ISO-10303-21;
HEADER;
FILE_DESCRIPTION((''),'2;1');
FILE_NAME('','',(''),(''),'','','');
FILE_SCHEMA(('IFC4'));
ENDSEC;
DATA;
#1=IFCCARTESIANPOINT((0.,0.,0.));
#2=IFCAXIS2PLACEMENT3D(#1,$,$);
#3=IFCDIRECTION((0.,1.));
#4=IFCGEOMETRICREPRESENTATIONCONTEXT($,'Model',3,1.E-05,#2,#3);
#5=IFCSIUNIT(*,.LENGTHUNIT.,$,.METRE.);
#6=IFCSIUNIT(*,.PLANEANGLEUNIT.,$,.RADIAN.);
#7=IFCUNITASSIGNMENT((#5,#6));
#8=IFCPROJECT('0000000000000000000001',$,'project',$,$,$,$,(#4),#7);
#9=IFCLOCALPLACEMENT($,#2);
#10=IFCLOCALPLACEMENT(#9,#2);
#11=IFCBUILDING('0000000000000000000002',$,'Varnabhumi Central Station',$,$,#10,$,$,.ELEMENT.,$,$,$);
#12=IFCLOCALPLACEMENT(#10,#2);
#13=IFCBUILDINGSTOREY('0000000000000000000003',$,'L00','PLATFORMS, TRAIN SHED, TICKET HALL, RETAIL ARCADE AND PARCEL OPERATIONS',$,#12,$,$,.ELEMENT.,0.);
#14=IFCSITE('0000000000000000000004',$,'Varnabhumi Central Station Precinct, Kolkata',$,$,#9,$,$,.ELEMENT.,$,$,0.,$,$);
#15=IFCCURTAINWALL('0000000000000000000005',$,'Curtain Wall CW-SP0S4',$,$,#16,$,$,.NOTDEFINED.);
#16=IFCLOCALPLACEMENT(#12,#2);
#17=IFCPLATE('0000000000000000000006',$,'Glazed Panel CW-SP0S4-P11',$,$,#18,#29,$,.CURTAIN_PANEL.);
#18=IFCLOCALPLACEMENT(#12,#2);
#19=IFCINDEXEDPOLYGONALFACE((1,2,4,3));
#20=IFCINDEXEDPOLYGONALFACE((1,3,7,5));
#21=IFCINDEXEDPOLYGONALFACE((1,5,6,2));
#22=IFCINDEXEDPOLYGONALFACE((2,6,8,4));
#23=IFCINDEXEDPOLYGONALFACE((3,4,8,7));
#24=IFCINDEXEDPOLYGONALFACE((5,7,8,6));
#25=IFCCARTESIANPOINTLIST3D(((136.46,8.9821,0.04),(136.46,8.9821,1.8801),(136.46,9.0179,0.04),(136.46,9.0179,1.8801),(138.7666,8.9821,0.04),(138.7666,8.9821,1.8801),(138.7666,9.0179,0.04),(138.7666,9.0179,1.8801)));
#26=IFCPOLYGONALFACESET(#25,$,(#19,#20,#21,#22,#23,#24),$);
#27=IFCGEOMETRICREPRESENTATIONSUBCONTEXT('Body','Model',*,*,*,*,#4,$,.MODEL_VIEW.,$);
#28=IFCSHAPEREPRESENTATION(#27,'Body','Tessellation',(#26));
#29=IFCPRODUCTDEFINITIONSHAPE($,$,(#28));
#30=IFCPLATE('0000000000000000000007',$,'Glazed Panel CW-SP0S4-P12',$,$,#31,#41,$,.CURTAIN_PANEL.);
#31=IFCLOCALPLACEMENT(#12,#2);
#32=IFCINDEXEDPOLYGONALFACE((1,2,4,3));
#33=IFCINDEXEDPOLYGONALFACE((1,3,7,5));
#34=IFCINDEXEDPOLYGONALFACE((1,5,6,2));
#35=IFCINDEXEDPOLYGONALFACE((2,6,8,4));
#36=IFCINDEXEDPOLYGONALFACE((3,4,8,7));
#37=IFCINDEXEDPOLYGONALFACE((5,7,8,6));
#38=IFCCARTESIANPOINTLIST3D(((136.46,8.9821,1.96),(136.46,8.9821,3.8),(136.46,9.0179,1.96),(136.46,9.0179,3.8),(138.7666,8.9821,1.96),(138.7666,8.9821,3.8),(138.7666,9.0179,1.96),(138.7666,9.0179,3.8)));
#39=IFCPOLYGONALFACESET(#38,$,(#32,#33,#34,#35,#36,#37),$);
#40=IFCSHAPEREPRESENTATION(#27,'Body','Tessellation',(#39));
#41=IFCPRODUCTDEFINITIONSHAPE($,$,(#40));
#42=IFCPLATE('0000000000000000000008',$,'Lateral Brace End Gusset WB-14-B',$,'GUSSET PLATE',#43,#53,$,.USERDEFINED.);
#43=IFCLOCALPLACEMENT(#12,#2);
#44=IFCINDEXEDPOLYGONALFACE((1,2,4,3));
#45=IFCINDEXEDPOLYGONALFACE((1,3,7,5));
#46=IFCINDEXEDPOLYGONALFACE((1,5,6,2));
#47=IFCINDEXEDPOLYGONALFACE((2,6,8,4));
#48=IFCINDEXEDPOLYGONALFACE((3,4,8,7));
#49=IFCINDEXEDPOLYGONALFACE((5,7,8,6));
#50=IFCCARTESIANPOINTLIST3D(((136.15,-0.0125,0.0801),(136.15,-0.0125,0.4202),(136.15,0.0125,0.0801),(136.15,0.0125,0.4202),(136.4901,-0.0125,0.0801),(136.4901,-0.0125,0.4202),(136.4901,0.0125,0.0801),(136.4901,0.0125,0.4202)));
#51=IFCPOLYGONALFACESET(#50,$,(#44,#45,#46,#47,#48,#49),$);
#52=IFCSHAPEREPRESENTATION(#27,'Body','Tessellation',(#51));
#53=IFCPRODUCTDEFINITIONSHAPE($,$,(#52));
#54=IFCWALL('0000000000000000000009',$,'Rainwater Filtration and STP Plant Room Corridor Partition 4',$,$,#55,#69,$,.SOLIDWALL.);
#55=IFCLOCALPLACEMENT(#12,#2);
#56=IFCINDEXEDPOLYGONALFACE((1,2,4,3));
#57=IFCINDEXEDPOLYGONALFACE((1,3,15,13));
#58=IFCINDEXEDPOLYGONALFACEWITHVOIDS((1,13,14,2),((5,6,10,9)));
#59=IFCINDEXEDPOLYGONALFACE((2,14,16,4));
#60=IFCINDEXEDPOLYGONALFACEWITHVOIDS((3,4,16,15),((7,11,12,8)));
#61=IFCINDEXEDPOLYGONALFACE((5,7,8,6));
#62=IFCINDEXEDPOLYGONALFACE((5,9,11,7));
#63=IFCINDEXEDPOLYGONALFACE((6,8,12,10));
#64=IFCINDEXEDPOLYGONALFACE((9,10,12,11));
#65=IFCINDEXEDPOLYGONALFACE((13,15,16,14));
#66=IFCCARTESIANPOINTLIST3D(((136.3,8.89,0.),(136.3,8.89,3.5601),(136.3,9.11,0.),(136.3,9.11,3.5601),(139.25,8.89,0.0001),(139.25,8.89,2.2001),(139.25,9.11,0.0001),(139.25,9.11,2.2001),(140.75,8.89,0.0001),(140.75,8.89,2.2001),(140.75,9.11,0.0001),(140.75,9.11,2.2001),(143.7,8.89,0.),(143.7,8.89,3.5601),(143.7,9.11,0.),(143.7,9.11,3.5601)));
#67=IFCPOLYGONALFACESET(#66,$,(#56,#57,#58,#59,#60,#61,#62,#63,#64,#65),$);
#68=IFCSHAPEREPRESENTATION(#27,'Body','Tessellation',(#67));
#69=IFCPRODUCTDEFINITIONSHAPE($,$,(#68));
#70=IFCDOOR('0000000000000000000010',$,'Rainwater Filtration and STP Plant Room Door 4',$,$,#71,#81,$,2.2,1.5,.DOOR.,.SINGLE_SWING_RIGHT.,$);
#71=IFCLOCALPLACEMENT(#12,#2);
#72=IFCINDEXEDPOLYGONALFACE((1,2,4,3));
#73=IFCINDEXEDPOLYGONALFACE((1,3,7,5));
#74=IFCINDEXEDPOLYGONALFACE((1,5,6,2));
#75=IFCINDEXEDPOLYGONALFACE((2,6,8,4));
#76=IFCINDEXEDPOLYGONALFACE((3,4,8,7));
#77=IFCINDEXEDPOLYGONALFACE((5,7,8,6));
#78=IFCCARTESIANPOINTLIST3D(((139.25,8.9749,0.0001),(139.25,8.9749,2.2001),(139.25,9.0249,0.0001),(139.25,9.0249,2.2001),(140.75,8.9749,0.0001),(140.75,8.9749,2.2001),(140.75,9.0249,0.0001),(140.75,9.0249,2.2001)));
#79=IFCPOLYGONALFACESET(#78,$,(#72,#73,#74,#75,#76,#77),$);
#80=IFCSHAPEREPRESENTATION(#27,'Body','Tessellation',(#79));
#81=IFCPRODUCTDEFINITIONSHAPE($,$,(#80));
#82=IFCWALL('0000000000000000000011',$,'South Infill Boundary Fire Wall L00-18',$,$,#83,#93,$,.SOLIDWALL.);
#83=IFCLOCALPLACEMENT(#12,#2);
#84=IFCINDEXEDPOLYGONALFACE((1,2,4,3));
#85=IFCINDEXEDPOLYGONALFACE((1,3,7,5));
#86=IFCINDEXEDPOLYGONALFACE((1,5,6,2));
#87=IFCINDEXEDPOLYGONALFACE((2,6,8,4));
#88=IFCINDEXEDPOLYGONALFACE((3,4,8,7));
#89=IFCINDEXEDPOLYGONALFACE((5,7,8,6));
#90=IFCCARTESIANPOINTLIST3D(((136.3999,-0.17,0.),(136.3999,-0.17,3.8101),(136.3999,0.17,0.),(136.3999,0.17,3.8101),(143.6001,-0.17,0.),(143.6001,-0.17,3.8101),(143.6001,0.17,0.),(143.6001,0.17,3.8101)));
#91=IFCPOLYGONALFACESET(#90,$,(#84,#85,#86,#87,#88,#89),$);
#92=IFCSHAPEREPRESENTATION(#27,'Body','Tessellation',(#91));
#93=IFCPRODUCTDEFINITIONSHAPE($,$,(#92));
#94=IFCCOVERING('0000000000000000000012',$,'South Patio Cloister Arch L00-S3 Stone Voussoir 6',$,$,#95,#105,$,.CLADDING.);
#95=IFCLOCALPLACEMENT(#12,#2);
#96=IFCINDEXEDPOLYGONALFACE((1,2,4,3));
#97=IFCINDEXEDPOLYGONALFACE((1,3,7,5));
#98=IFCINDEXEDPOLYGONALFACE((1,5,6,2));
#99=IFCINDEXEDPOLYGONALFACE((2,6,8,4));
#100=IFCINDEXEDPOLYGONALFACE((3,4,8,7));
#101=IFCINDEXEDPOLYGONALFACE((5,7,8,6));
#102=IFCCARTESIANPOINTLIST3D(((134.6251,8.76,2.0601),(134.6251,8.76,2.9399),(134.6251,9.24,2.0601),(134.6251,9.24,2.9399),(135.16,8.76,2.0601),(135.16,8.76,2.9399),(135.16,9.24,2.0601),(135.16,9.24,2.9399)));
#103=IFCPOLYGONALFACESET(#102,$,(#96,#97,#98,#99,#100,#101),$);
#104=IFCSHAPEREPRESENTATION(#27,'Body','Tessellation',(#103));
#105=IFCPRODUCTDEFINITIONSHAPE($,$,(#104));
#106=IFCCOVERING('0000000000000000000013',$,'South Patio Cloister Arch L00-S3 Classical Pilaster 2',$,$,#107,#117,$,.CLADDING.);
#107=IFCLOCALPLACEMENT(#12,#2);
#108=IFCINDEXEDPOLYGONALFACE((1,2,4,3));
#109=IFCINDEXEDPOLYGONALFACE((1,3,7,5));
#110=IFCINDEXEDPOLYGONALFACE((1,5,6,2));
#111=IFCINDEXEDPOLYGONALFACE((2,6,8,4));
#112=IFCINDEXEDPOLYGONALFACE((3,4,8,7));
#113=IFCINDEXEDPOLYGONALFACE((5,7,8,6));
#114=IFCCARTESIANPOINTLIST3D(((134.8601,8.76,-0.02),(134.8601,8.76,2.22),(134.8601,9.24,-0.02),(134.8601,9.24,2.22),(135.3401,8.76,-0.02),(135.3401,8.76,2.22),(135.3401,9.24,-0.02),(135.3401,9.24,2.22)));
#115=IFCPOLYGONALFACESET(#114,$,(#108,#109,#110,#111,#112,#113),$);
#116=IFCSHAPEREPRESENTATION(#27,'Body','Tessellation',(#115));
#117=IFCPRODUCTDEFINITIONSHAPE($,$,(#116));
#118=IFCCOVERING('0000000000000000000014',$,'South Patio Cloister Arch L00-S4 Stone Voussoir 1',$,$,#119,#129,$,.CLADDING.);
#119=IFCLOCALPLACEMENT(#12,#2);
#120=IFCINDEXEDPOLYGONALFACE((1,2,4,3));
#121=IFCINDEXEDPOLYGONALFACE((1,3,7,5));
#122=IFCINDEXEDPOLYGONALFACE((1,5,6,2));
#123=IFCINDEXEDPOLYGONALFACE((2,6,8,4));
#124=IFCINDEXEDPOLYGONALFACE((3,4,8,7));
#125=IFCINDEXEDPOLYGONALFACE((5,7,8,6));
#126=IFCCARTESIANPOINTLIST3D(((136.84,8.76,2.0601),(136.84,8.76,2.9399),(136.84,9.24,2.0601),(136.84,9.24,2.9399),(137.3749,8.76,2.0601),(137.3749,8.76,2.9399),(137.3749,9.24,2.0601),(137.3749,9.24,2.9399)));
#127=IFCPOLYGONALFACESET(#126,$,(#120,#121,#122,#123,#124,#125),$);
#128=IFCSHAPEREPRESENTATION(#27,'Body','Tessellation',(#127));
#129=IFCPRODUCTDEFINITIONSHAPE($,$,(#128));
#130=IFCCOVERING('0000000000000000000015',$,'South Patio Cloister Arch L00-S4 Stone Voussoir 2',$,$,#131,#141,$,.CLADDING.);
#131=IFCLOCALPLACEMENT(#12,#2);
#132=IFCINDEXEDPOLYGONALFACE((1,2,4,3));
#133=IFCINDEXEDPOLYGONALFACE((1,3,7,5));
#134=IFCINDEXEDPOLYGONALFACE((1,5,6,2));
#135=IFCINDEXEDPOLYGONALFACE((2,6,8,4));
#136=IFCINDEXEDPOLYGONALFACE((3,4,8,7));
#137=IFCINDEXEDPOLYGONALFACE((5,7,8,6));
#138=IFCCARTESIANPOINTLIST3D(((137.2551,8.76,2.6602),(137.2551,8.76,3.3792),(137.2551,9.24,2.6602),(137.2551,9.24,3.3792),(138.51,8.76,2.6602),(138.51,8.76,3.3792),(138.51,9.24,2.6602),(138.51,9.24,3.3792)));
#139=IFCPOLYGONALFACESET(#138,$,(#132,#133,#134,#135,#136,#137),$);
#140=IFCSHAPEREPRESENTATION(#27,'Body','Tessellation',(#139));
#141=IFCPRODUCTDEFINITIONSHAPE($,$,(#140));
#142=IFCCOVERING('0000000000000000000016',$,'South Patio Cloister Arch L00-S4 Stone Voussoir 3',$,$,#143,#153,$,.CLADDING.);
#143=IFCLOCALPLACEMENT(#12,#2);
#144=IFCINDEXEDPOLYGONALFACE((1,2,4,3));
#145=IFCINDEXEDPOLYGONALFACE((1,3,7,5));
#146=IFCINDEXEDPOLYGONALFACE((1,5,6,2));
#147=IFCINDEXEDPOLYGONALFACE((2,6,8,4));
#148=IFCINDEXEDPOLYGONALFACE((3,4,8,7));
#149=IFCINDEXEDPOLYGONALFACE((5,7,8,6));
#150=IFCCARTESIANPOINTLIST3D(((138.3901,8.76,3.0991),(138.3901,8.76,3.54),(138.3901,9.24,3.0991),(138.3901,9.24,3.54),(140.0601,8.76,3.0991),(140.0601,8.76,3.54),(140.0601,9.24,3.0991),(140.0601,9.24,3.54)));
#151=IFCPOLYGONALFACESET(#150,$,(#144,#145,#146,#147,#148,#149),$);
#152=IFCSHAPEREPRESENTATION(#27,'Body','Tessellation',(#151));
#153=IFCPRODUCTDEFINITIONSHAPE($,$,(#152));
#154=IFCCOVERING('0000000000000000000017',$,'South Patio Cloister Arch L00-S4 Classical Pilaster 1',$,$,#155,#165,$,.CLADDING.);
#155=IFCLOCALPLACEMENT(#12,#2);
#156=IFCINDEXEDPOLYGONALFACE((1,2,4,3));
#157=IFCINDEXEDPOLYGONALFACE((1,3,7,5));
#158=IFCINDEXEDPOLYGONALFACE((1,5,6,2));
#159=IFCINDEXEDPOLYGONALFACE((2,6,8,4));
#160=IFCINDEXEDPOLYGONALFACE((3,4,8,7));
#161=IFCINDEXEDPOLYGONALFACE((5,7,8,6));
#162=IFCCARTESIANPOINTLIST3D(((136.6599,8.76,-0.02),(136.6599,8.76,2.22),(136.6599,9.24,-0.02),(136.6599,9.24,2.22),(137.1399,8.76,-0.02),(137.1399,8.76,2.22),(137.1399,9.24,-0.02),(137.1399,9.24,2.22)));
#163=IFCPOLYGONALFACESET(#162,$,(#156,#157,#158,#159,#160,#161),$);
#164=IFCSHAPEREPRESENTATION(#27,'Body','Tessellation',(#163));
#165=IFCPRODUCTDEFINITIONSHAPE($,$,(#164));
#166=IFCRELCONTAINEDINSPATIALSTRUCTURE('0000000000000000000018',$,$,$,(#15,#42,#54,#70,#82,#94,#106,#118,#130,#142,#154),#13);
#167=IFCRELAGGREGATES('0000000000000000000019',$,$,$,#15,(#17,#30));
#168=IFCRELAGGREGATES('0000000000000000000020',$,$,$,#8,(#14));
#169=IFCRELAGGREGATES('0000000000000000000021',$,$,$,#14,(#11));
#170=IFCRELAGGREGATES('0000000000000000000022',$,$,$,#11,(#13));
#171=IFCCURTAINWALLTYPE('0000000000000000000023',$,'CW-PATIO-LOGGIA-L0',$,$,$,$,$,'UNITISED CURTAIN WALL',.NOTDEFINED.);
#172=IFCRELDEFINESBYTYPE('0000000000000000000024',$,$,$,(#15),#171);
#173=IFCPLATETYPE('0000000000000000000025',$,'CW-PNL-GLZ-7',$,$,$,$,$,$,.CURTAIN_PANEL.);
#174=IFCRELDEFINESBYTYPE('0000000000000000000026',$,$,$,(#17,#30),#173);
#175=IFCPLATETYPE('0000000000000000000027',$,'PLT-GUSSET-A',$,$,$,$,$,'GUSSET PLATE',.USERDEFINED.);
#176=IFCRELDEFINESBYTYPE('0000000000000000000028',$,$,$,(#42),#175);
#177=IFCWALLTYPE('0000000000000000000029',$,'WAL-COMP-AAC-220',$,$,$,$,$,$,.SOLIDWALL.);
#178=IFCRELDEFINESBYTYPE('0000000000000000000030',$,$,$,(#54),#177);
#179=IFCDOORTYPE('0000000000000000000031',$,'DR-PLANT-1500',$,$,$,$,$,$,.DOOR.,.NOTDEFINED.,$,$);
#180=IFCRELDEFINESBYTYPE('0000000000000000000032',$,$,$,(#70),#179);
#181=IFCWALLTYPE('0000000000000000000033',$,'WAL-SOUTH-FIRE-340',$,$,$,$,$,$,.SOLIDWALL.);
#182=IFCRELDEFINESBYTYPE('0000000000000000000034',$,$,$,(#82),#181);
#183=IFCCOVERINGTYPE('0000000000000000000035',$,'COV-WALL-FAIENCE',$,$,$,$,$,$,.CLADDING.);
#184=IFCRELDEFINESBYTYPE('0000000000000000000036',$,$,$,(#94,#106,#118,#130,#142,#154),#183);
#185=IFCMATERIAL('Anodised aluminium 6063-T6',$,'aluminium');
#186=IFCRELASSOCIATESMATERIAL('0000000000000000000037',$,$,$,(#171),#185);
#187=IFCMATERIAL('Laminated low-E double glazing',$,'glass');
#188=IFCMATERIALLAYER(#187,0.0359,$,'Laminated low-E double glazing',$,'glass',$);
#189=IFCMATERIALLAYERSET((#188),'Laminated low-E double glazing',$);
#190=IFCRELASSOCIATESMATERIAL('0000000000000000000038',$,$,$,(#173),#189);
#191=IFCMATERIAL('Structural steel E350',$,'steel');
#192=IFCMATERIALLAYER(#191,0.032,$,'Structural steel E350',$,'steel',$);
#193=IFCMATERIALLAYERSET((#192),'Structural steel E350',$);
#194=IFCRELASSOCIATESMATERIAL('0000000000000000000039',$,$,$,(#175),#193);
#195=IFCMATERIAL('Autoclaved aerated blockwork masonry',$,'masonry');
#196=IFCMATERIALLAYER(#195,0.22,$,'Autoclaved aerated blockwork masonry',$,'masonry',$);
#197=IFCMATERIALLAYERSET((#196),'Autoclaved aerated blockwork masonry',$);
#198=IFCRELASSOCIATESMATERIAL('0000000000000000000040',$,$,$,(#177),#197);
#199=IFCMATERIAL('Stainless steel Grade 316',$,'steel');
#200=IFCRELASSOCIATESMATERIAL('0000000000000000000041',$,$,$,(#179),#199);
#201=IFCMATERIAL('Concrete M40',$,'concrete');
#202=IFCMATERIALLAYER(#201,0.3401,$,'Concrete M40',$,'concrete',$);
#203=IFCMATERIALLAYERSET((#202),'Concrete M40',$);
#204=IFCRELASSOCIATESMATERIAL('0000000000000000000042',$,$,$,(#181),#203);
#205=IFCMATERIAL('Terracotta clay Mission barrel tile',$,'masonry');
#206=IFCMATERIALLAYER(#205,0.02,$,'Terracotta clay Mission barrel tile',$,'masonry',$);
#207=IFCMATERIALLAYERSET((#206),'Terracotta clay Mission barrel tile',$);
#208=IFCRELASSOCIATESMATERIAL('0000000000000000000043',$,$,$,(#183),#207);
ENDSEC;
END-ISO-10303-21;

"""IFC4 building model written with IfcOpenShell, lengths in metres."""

from ifc_helpers import new_model, si_unit, direction, frame, frame_2d, origin, origin_2d, place, context, subcontext, project, spatial, rectangle, extrude, material, layer, layer_set, type_object, element, fill, aggregate, save


model = new_model("IFC4")

# Units and contexts
model_context = context("Model", 3, precision=1e-05, world=origin(), true_north=direction((0.0, 1.0)))
body_context = subcontext(model_context, "Body", "Model", "MODEL_VIEW")
ifc_project = project(units=[si_unit("LENGTHUNIT", "METRE"), si_unit("PLANEANGLEUNIT", "RADIAN")], contexts=[model_context])

# Site, building, storey
site_placement = place(None, origin())
site = spatial("IfcSite", under=ifc_project, at=site_placement, Name="Varnabhumi Central Station Precinct, Kolkata", CompositionType="ELEMENT", RefElevation=0.0)
building_placement = place(site_placement, origin())
building = spatial("IfcBuilding", under=site, at=building_placement, Name="Varnabhumi Central Station", CompositionType="ELEMENT")
storey_placement = place(building_placement, origin())
storey = spatial("IfcBuildingStorey", under=building, at=storey_placement, Name="L00", Description="PLATFORMS, TRAIN SHED, TICKET HALL, RETAIL ARCADE AND PARCEL OPERATIONS", CompositionType="ELEMENT", Elevation=0.0)

# Shared definitions
ifc_material_1 = material(Name="Concrete M40", Category="concrete")

# Shared definitions
ifc_material_2 = material(Name="Anodised aluminium 6063-T6", Category="aluminium")
curtain_wall_type = type_object("IfcCurtainWallType", Name="CW-PATIO-LOGGIA-L0", ElementType="UNITISED CURTAIN WALL", PredefinedType="NOTDEFINED", material=ifc_material_2)

# Curtain wall
curtain_wall_1_placement = place(storey_placement, origin())
curtain_wall_1 = element("IfcCurtainWall", 1, at=curtain_wall_1_placement, inside=storey, type_object=curtain_wall_type, Name="Curtain Wall CW-SP0S4", PredefinedType="NOTDEFINED")

# Plates
ifc_material_3 = material(Name="Laminated low-E double glazing", Category="glass")
ifc_layer_1 = layer(ifc_material_3, 0.0359, Name="Laminated low-E double glazing", Category="glass")
ifc_layer_set_1 = layer_set([ifc_layer_1], Name="Laminated low-E double glazing")
plate_type_1 = type_object("IfcPlateType", Name="CW-PNL-GLZ-7", PredefinedType="CURTAIN_PANEL", material=ifc_layer_set_1)
plate_1_placement = place(storey_placement, frame((137.6133, 9.0, 0.04), z_axis=(0.0, 0.0, 1.0), x_axis=(1.0, 0.0, 0.0)))
plate_1 = element("IfcPlate", 2, at=plate_1_placement, type_object=plate_type_1, Name="Glazed Panel CW-SP0S4-P11", PredefinedType="CURTAIN_PANEL", context=body_context, shape_type="SweptSolid", body=[
    extrude(rectangle(XDim=2.3066, YDim=0.0359, at=origin_2d()), origin(), (0.0, 0.0, 1.0), 1.8401),
])
plate_2_placement = place(storey_placement, frame((137.6133, 9.0, 1.96), z_axis=(0.0, 0.0, 1.0), x_axis=(1.0, 0.0, 0.0)))
plate_2 = element("IfcPlate", 3, at=plate_2_placement, type_object=plate_type_1, Name="Glazed Panel CW-SP0S4-P12", PredefinedType="CURTAIN_PANEL", context=body_context, shape_type="SweptSolid", body=[
    extrude(rectangle(XDim=2.3066, YDim=0.0359, at=origin_2d()), origin(), (0.0, 0.0, 1.0), 1.8401),
])
aggregate(curtain_wall_1, [plate_1, plate_2])
ifc_material_4 = material(Name="Structural steel E350", Category="steel")
ifc_layer_2 = layer(ifc_material_4, 0.032, Name="Structural steel E350", Category="steel")
ifc_layer_set_2 = layer_set([ifc_layer_2], Name="Structural steel E350")
plate_type_2 = type_object("IfcPlateType", Name="PLT-GUSSET-A", ElementType="GUSSET PLATE", PredefinedType="USERDEFINED", material=ifc_layer_set_2)
plate_3_placement = place(storey_placement, frame((136.3201, 0.0, 0.0801), z_axis=(0.0, 0.0, 1.0), x_axis=(1.0, 0.0, 0.0)))
element("IfcPlate", 4, at=plate_3_placement, inside=storey, type_object=plate_type_2, Name="Lateral Brace End Gusset WB-14-B", ObjectType="GUSSET PLATE", PredefinedType="USERDEFINED", context=body_context, shape_type="SweptSolid", body=[
    extrude(rectangle(XDim=0.3401, YDim=0.0249, at=origin_2d()), origin(), (0.0, 0.0, 1.0), 0.3401),
])

# Wall, opening, door
ifc_material_5 = material(Name="Autoclaved aerated blockwork masonry", Category="masonry")
ifc_layer_3 = layer(ifc_material_5, 0.22, Name="Autoclaved aerated blockwork masonry", Category="masonry")
ifc_layer_set_3 = layer_set([ifc_layer_3], Name="Autoclaved aerated blockwork masonry")
wall_type_1 = type_object("IfcWallType", Name="WAL-COMP-AAC-220", PredefinedType="SOLIDWALL", material=ifc_layer_set_3)
wall_1_placement = place(storey_placement, frame((136.3, 9.0, 0.0), z_axis=(0.0, 0.0, 1.0), x_axis=(1.0, 0.0, 0.0)))
wall_1 = element("IfcWall", 5, at=wall_1_placement, inside=storey, type_object=wall_type_1, Name="Rainwater Filtration and STP Plant Room Corridor Partition 4", PredefinedType="SOLIDWALL", context=body_context, shape_type="SweptSolid", body=[
    extrude(rectangle(XDim=7.3999, YDim=0.22, at=frame_2d((3.7, 0.0))), origin(), (0.0, 0.0, 1.0), 3.5601),
])
opening_placement = place(wall_1_placement, frame((2.95, 0.0, 0.0)))
opening = element("IfcOpeningElement", 6, at=opening_placement, cuts=wall_1, PredefinedType="OPENING", context=body_context, shape_type="SweptSolid", body=[
    extrude(rectangle(XDim=1.5, YDim=2.2, at=frame_2d((0.75, 1.1001))), frame((0.0, 0.1199, 0.0), z_axis=(0.0, -1.0, 0.0), x_axis=(1.0, 0.0, 0.0)), (0.0, 0.0, 1.0), 0.24),
])
ifc_material_6 = material(Name="Stainless steel Grade 316", Category="steel")
door_type = type_object("IfcDoorType", Name="DR-PLANT-1500", OperationType="NOTDEFINED", PredefinedType="DOOR", material=ifc_material_6)
door_placement = place(opening_placement, origin())
door = element("IfcDoor", 7, at=door_placement, inside=storey, type_object=door_type, Name="Rainwater Filtration and STP Plant Room Door 4", OperationType="SINGLE_SWING_RIGHT", OverallHeight=2.2, OverallWidth=1.5, PredefinedType="DOOR", context=body_context, shape_type="SweptSolid", body=[
    extrude(rectangle(XDim=1.5, YDim=2.2, at=frame_2d((0.75, 1.1001))), frame((0.0, 0.0249, 0.0), z_axis=(0.0, -1.0, 0.0), x_axis=(1.0, 0.0, 0.0)), (0.0, 0.0, 1.0), 0.05),
])
fill(opening, door)

# Wall
ifc_layer_4 = layer(ifc_material_1, 0.3401, Name="Concrete M40", Category="concrete")
ifc_layer_set_4 = layer_set([ifc_layer_4], Name="Concrete M40")
wall_type_2 = type_object("IfcWallType", Name="WAL-SOUTH-FIRE-340", PredefinedType="SOLIDWALL", material=ifc_layer_set_4)
wall_2_placement = place(storey_placement, frame((136.3999, 0.0, 0.0), z_axis=(0.0, 0.0, 1.0), x_axis=(1.0, 0.0, 0.0)))
element("IfcWall", 8, at=wall_2_placement, inside=storey, type_object=wall_type_2, Name="South Infill Boundary Fire Wall L00-18", PredefinedType="SOLIDWALL", context=body_context, shape_type="SweptSolid", body=[
    extrude(rectangle(XDim=7.2002, YDim=0.3401, at=frame_2d((3.6001, 0.0))), origin(), (0.0, 0.0, 1.0), 3.8101),
])

# Coverings
ifc_material_7 = material(Name="Terracotta clay Mission barrel tile", Category="masonry")
ifc_layer_5 = layer(ifc_material_7, 0.02, Name="Terracotta clay Mission barrel tile", Category="masonry")
ifc_layer_set_5 = layer_set([ifc_layer_5], Name="Terracotta clay Mission barrel tile")
covering_type = type_object("IfcCoveringType", Name="COV-WALL-FAIENCE", PredefinedType="CLADDING", material=ifc_layer_set_5)
covering_1_placement = place(storey_placement, frame((134.8926, 9.0, 2.0601), z_axis=(0.0, 0.0, 1.0), x_axis=(1.0, 0.0, 0.0)))
element("IfcCovering", 9, at=covering_1_placement, inside=storey, type_object=covering_type, Name="South Patio Cloister Arch L00-S3 Stone Voussoir 6", PredefinedType="CLADDING", context=body_context, shape_type="SweptSolid", body=[
    extrude(rectangle(XDim=0.5349, YDim=0.48, at=origin_2d()), origin(), (0.0, 0.0, 1.0), 0.8799),
])
covering_2_placement = place(storey_placement, frame((135.1001, 9.0, -0.02), z_axis=(0.0, 0.0, 1.0), x_axis=(1.0, 0.0, 0.0)))
element("IfcCovering", 10, at=covering_2_placement, inside=storey, type_object=covering_type, Name="South Patio Cloister Arch L00-S3 Classical Pilaster 2", PredefinedType="CLADDING", context=body_context, shape_type="SweptSolid", body=[
    extrude(rectangle(XDim=0.48, YDim=0.48, at=origin_2d()), origin(), (0.0, 0.0, 1.0), 2.24),
])
covering_3_placement = place(storey_placement, frame((137.1074, 9.0, 2.0601), z_axis=(0.0, 0.0, 1.0), x_axis=(1.0, 0.0, 0.0)))
element("IfcCovering", 11, at=covering_3_placement, inside=storey, type_object=covering_type, Name="South Patio Cloister Arch L00-S4 Stone Voussoir 1", PredefinedType="CLADDING", context=body_context, shape_type="SweptSolid", body=[
    extrude(rectangle(XDim=0.5349, YDim=0.48, at=origin_2d()), origin(), (0.0, 0.0, 1.0), 0.8799),
])
covering_4_placement = place(storey_placement, frame((137.8826, 9.0, 2.6602), z_axis=(0.0, 0.0, 1.0), x_axis=(1.0, 0.0, 0.0)))
element("IfcCovering", 12, at=covering_4_placement, inside=storey, type_object=covering_type, Name="South Patio Cloister Arch L00-S4 Stone Voussoir 2", PredefinedType="CLADDING", context=body_context, shape_type="SweptSolid", body=[
    extrude(rectangle(XDim=1.2549, YDim=0.48, at=origin_2d()), origin(), (0.0, 0.0, 1.0), 0.719),
])
covering_5_placement = place(storey_placement, frame((139.2251, 9.0, 3.0991), z_axis=(0.0, 0.0, 1.0), x_axis=(1.0, 0.0, 0.0)))
element("IfcCovering", 13, at=covering_5_placement, inside=storey, type_object=covering_type, Name="South Patio Cloister Arch L00-S4 Stone Voussoir 3", PredefinedType="CLADDING", context=body_context, shape_type="SweptSolid", body=[
    extrude(rectangle(XDim=1.6699, YDim=0.48, at=origin_2d()), origin(), (0.0, 0.0, 1.0), 0.4409),
])
covering_6_placement = place(storey_placement, frame((136.8999, 9.0, -0.02), z_axis=(0.0, 0.0, 1.0), x_axis=(1.0, 0.0, 0.0)))
element("IfcCovering", 14, at=covering_6_placement, inside=storey, type_object=covering_type, Name="South Patio Cloister Arch L00-S4 Classical Pilaster 1", PredefinedType="CLADDING", context=body_context, shape_type="SweptSolid", body=[
    extrude(rectangle(XDim=0.48, YDim=0.48, at=origin_2d()), origin(), (0.0, 0.0, 1.0), 2.24),
])

save(model, "model.ifc")
